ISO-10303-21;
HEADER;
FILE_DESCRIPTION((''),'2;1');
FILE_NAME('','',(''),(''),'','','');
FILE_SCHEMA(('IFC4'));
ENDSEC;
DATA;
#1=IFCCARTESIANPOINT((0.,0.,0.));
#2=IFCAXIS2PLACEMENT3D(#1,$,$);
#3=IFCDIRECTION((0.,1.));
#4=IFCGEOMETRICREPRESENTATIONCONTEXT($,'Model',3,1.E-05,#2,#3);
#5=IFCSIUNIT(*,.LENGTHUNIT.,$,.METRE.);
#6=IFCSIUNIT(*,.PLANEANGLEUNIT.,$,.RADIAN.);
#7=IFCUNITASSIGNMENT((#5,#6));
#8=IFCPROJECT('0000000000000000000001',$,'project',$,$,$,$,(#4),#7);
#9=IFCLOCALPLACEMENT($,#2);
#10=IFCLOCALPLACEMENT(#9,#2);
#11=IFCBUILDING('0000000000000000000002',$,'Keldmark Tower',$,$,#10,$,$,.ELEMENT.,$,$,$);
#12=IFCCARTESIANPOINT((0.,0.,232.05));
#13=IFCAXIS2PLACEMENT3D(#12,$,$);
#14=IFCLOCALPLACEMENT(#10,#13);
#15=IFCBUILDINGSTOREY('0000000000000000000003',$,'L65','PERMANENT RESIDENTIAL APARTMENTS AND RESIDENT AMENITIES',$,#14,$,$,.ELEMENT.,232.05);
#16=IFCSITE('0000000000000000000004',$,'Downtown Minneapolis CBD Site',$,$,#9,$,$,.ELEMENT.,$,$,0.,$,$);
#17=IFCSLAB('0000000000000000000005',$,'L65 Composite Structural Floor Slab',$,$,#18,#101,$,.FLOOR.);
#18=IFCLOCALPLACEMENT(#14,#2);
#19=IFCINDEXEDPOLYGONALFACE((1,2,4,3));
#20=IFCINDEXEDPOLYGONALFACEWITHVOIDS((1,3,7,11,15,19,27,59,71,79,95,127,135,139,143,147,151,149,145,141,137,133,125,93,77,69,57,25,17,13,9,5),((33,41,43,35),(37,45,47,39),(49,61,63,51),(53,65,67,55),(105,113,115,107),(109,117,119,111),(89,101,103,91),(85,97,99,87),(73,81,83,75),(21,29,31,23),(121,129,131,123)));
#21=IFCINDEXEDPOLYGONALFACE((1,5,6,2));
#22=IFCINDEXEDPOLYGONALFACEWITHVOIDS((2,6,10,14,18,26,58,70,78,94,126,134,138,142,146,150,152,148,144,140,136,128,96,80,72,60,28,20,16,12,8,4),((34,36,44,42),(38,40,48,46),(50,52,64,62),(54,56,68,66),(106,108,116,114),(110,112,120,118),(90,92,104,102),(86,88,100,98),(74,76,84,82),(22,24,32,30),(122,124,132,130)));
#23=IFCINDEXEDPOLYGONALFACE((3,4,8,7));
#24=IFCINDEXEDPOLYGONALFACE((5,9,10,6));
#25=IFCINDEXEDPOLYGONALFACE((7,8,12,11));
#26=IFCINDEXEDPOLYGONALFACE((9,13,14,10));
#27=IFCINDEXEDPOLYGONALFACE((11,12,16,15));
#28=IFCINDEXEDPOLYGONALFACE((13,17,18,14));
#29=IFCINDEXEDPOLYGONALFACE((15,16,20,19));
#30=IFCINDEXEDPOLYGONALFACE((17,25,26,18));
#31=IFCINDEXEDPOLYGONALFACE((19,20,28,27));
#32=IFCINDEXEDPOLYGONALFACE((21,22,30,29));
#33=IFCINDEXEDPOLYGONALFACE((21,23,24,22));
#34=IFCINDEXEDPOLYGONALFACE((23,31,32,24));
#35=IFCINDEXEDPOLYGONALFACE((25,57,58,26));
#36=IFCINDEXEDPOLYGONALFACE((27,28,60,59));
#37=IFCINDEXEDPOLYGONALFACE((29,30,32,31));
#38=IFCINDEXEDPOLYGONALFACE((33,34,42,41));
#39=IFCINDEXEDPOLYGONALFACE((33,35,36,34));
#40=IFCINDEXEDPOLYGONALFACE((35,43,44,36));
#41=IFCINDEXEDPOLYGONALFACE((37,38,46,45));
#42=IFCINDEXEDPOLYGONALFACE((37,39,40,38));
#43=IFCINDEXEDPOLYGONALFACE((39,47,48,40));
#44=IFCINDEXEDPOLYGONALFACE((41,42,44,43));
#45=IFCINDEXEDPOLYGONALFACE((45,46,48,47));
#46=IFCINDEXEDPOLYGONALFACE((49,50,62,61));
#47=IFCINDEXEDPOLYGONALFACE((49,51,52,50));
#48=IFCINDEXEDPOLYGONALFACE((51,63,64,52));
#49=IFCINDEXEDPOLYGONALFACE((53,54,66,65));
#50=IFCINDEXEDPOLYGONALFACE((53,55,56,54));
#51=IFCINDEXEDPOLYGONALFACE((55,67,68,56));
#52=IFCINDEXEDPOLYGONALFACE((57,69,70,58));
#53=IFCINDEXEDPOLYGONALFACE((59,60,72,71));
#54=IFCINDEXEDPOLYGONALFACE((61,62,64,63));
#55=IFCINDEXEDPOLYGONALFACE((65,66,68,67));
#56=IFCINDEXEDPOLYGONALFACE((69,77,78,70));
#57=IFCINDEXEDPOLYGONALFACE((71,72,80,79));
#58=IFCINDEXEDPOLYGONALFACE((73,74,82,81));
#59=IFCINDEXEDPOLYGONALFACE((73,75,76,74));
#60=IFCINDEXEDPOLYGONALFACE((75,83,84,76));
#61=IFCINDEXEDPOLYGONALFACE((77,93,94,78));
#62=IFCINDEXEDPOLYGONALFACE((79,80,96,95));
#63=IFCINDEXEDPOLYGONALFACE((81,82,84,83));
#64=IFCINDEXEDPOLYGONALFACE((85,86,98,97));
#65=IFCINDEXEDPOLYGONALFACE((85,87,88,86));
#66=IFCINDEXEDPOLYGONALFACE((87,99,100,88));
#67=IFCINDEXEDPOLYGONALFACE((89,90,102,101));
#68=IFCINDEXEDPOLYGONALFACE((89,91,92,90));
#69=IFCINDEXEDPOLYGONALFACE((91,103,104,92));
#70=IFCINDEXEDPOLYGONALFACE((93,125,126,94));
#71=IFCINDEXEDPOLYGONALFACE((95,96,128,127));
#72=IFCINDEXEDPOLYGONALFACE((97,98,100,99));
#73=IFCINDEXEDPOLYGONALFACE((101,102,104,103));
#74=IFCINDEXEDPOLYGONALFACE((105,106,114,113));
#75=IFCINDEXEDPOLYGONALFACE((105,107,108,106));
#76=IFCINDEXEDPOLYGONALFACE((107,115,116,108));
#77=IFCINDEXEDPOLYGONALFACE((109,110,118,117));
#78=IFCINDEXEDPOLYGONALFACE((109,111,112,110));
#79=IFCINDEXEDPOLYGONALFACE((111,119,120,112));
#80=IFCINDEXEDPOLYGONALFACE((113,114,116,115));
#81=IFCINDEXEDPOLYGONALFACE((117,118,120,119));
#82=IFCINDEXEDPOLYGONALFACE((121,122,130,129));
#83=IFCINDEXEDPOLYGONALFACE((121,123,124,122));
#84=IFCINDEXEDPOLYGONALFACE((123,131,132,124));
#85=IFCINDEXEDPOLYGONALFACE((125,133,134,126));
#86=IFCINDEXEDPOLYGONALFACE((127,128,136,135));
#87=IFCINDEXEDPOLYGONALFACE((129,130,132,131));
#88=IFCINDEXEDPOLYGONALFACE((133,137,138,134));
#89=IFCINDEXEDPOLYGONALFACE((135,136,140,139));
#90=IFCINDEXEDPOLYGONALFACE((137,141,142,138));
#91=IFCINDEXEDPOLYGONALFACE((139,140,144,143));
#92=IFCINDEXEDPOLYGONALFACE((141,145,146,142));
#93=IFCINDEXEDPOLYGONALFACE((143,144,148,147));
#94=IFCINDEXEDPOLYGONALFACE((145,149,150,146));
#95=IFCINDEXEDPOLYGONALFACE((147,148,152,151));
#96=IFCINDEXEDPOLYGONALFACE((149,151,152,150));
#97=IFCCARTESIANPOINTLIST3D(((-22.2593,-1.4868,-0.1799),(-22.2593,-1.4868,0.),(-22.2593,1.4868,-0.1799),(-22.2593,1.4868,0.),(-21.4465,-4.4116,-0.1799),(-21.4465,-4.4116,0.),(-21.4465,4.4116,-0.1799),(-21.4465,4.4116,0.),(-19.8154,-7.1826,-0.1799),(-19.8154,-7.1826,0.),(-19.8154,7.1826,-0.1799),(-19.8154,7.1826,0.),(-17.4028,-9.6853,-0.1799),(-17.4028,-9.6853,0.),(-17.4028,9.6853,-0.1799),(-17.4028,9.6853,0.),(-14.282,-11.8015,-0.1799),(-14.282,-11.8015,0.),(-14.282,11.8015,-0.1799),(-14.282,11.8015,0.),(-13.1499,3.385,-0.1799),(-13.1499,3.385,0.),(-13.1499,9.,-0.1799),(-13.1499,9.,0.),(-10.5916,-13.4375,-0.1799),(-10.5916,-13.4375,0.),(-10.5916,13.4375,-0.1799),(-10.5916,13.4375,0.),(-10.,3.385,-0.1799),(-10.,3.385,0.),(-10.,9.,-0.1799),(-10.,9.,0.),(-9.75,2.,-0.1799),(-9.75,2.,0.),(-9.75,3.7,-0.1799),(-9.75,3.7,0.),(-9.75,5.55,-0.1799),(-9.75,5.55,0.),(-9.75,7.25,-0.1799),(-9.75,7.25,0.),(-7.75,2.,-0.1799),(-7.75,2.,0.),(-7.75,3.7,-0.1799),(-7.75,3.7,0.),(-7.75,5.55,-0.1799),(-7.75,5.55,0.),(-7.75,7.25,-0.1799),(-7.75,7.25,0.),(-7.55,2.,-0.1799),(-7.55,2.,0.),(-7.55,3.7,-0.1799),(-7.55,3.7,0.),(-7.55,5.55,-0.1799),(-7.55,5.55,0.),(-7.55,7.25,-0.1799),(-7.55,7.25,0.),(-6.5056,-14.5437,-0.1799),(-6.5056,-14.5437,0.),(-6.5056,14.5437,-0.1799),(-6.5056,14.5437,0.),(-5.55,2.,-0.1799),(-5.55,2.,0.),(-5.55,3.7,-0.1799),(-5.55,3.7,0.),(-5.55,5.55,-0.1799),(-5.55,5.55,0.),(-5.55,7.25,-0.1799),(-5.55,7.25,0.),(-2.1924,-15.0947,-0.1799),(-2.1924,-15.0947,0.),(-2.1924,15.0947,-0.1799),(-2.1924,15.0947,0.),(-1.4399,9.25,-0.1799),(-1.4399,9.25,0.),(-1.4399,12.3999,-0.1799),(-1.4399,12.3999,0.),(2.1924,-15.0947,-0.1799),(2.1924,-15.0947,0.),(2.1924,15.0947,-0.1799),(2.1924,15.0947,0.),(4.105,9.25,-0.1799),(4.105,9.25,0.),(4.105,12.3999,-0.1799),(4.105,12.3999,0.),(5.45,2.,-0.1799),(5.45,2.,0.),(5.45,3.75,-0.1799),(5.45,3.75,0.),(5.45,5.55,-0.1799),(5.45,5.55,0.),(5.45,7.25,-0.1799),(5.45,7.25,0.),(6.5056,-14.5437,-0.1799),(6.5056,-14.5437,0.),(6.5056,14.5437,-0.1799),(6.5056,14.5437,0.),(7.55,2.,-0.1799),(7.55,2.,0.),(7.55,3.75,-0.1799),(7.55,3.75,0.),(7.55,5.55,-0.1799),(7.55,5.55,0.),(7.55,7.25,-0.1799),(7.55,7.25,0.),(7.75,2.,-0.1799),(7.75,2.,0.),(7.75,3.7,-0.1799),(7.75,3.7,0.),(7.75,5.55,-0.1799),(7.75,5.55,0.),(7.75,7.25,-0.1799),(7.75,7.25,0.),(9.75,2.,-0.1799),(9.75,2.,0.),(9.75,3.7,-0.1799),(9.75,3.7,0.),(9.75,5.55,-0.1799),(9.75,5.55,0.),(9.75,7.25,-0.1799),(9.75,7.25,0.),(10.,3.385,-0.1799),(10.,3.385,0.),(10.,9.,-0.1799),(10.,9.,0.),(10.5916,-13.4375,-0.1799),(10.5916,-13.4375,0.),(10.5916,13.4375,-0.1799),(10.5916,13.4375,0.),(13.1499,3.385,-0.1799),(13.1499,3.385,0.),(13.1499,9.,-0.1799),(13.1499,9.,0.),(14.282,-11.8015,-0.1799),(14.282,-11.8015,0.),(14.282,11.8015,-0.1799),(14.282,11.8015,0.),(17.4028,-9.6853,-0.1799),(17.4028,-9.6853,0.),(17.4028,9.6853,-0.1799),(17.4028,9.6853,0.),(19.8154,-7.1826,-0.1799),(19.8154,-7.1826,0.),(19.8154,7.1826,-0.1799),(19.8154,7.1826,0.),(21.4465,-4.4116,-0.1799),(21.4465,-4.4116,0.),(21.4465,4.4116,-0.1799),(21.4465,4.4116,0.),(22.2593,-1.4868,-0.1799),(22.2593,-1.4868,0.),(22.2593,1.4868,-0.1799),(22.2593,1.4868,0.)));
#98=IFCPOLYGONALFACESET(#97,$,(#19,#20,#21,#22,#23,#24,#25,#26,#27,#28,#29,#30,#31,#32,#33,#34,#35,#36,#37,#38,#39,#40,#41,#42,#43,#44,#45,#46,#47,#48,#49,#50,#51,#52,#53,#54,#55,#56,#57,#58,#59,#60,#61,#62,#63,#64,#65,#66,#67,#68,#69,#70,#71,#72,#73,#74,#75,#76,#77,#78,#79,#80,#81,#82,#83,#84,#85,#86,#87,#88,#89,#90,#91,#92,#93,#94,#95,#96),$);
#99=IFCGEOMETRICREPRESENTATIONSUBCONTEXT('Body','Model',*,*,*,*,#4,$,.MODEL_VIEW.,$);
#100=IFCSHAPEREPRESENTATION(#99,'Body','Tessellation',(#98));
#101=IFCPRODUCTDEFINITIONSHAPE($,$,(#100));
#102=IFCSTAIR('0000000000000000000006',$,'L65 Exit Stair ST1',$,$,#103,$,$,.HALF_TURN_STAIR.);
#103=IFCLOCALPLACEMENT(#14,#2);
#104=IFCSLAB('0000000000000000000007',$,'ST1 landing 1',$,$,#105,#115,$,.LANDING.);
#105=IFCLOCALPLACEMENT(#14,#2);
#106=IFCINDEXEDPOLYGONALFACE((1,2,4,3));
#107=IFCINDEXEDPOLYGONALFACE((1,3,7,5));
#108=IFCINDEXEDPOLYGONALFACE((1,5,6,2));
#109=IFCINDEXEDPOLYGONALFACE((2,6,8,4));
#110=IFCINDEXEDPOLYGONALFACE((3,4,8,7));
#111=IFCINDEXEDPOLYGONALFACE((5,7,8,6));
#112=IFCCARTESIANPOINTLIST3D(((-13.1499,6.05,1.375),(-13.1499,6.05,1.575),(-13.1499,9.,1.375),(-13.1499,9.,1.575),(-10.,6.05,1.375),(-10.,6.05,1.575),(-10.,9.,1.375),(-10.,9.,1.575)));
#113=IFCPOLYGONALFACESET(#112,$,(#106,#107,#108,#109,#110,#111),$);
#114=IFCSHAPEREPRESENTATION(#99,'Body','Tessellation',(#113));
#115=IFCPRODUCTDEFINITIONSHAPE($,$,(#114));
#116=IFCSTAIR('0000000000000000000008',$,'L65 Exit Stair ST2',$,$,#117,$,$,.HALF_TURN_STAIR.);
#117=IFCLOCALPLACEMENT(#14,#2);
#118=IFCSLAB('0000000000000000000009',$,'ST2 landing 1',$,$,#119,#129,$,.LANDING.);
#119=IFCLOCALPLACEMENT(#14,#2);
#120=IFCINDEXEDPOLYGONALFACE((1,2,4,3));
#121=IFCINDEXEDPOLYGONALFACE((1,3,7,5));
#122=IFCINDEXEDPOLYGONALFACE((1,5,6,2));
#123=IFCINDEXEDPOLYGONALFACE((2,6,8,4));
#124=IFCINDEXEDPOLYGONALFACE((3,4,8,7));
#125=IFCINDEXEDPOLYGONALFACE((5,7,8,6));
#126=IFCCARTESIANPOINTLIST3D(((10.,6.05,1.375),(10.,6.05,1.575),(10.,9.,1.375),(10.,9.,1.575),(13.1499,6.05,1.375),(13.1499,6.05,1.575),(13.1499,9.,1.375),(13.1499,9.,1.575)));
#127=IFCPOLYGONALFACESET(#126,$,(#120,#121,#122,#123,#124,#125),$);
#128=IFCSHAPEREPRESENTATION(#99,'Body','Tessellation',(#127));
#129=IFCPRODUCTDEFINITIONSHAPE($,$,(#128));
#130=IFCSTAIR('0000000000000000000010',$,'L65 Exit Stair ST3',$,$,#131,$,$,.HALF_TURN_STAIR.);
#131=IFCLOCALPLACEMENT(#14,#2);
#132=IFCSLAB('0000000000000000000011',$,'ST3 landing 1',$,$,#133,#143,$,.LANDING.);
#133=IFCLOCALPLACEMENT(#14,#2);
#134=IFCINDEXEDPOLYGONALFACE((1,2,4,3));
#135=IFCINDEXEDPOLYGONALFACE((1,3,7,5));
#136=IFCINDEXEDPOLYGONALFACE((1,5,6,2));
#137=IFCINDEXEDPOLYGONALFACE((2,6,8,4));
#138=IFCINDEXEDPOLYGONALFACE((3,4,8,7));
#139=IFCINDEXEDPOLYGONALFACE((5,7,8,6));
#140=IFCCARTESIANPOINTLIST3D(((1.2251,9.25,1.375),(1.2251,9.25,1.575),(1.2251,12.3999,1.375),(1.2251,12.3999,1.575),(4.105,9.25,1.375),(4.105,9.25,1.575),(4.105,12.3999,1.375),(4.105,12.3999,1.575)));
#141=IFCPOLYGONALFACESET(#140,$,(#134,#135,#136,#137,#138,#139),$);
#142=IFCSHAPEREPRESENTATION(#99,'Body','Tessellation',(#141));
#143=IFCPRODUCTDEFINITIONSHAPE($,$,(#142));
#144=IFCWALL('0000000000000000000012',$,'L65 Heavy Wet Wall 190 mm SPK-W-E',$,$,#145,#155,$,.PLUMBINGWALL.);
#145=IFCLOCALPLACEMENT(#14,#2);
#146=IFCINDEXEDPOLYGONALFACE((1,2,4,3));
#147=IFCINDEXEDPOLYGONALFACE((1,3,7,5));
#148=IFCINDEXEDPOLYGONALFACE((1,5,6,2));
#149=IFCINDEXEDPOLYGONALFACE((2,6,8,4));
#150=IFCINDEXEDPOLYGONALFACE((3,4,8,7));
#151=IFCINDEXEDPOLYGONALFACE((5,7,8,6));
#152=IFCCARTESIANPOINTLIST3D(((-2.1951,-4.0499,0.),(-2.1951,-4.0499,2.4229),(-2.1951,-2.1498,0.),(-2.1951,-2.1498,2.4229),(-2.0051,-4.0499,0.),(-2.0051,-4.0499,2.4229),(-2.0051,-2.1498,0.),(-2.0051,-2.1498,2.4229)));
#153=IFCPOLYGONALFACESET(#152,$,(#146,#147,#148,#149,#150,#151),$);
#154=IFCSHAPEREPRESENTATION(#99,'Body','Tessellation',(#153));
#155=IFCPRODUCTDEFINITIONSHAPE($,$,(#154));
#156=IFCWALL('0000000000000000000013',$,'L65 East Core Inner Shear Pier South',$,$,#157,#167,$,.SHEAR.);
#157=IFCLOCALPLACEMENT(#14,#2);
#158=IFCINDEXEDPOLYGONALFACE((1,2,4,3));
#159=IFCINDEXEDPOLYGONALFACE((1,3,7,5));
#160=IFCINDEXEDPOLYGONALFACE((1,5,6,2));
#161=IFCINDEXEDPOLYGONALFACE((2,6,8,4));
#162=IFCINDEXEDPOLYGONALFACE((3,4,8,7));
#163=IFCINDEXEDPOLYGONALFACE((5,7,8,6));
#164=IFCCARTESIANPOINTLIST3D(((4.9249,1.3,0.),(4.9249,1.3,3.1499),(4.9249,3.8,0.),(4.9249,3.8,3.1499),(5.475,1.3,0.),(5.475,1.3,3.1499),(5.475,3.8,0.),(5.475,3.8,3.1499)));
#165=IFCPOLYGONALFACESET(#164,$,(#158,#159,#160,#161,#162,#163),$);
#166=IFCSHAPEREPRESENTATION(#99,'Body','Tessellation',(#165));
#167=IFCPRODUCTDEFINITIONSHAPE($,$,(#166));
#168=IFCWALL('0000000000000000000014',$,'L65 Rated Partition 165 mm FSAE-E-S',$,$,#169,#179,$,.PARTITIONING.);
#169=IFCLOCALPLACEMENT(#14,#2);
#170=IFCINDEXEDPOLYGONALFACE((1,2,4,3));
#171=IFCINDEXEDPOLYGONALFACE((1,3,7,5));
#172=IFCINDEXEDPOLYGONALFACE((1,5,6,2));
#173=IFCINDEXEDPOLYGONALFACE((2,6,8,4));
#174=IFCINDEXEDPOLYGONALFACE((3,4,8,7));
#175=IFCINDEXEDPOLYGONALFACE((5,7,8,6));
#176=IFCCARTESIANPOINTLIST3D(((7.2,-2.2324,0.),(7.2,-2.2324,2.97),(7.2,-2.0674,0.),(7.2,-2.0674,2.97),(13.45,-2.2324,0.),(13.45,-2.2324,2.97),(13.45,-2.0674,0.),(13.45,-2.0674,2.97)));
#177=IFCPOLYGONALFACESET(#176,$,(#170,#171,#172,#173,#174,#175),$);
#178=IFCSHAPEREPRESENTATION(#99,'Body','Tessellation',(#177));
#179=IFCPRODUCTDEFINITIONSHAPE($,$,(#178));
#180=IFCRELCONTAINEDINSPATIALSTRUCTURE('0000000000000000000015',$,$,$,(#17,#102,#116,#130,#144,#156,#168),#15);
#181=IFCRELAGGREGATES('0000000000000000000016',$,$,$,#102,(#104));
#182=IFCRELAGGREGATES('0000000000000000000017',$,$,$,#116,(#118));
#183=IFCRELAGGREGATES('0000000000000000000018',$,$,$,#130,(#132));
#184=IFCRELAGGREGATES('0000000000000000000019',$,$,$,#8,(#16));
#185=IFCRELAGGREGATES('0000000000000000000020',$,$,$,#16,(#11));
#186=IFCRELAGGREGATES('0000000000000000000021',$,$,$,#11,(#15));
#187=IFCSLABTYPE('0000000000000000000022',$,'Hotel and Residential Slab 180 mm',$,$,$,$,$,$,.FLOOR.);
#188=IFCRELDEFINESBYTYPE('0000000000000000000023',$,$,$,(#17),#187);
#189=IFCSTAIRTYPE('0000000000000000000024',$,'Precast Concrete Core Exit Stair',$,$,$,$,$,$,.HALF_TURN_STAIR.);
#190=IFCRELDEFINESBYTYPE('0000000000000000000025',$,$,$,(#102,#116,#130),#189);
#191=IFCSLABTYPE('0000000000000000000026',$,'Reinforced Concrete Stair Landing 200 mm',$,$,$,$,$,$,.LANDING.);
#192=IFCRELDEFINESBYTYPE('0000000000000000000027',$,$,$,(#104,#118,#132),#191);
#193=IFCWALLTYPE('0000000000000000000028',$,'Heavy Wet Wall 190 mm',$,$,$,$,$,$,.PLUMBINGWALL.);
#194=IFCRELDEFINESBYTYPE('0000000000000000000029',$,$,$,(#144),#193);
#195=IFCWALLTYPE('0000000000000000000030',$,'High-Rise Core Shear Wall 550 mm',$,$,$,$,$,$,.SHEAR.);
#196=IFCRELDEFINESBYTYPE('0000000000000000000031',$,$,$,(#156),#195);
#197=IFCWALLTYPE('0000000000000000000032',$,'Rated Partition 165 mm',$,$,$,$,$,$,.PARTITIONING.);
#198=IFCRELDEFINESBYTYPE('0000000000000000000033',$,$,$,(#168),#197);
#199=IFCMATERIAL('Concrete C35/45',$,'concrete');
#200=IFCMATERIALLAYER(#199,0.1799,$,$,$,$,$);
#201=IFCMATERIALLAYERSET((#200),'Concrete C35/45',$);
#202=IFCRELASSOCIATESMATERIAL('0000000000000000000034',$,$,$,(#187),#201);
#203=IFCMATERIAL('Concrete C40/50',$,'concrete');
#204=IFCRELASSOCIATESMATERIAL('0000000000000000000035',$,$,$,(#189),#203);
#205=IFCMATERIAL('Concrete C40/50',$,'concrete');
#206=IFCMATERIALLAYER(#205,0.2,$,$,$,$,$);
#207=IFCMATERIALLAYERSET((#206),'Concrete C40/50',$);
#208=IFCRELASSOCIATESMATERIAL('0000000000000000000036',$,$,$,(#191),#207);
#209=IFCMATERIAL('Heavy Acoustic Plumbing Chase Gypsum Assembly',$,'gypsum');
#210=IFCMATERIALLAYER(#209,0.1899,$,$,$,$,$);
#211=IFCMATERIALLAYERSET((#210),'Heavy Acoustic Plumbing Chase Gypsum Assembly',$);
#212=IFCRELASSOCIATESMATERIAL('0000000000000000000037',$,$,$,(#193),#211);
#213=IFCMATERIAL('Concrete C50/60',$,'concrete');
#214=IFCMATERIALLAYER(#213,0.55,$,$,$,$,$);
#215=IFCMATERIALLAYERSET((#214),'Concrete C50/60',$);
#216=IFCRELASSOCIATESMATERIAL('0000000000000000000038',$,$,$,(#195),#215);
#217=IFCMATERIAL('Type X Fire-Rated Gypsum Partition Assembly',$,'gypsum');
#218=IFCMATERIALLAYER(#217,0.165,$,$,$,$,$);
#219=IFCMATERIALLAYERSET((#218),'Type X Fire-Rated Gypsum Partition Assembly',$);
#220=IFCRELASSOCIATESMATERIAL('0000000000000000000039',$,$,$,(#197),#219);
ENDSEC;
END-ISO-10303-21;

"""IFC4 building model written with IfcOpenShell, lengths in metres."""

from ifc_helpers import new_model, si_unit, direction, frame, frame_2d, origin, place, context, subcontext, project, spatial, polyline, rectangle, outline, extrude, material, layer, layer_set, type_object, element, aggregate, save


model = new_model("IFC4")

# Units and contexts
model_context = context("Model", 3, precision=1e-05, world=origin(), true_north=direction((0.0, 1.0)))
body_context = subcontext(model_context, "Body", "Model", "MODEL_VIEW")
ifc_project = project(units=[si_unit("LENGTHUNIT", "METRE"), si_unit("PLANEANGLEUNIT", "RADIAN")], contexts=[model_context])

# Site, building, storey
site_placement = place(None, origin())
site = spatial("IfcSite", under=ifc_project, at=site_placement, Name="Downtown Minneapolis CBD Site", CompositionType="ELEMENT", RefElevation=0.0)
building_placement = place(site_placement, origin())
building = spatial("IfcBuilding", under=site, at=building_placement, Name="Keldmark Tower", CompositionType="ELEMENT")
storey_placement = place(building_placement, frame((0.0, 0.0, 232.05)))
storey = spatial("IfcBuildingStorey", under=building, at=storey_placement, Name="L65", Description="PERMANENT RESIDENTIAL APARTMENTS AND RESIDENT AMENITIES", CompositionType="ELEMENT", Elevation=232.05)

# Slab
ifc_material_1 = material(Name="Concrete C35/45", Category="concrete")
ifc_layer_1 = layer(ifc_material_1, 0.1799)
ifc_layer_set_1 = layer_set([ifc_layer_1], Name="Concrete C35/45")
slab_type_1 = type_object("IfcSlabType", Name="Hotel and Residential Slab 180 mm", PredefinedType="FLOOR", material=ifc_layer_set_1)
slab_1_placement = place(storey_placement, frame((0.0, 0.0, -0.1799)))
element("IfcSlab", 1, at=slab_1_placement, inside=storey, type_object=slab_type_1, Name="L65 Composite Structural Floor Slab", PredefinedType="FLOOR", context=body_context, shape_type="SweptSolid", body=[
    extrude(outline(polyline([(22.2593, 1.4868), (21.4465, 4.4116), (19.8154, 7.1826), (17.4028, 9.6853), (14.282, 11.8015), (10.5916, 13.4375), (6.5056, 14.5437), (2.1924, 15.0947), (-2.1924, 15.0947), (-6.5056, 14.5437), (-10.5916, 13.4375), (-14.282, 11.8015), (-17.4028, 9.6853), (-19.8154, 7.1826), (-21.4465, 4.4116), (-22.2593, 1.4868), (-22.2593, -1.4868), (-21.4465, -4.4116), (-19.8154, -7.1826), (-17.4028, -9.6853), (-14.282, -11.8015), (-10.5916, -13.4375), (-6.5056, -14.5437), (-2.1924, -15.0947), (2.1924, -15.0947), (6.5056, -14.5437), (10.5916, -13.4375), (14.282, -11.8015), (17.4028, -9.6853), (19.8154, -7.1826), (21.4465, -4.4116), (22.2593, -1.4868), (22.2593, 1.4868)]), holes=[polyline([(-10.0, 3.385), (-10.0, 9.0), (-13.1499, 9.0), (-13.1499, 3.385), (-10.0, 3.385)]), polyline([(13.1499, 3.385), (13.1499, 9.0), (10.0, 9.0), (10.0, 3.385), (13.1499, 3.385)]), polyline([(-1.4399, 9.25), (4.105, 9.25), (4.105, 12.3999), (-1.4399, 12.3999), (-1.4399, 9.25)]), polyline([(-9.75, 2.0), (-7.75, 2.0), (-7.75, 3.7), (-9.75, 3.7), (-9.75, 2.0)]), polyline([(7.75, 2.0), (9.75, 2.0), (9.75, 3.7), (7.75, 3.7), (7.75, 2.0)]), polyline([(5.45, 2.0), (7.55, 2.0), (7.55, 3.75), (5.45, 3.75), (5.45, 2.0)]), polyline([(-9.75, 5.55), (-7.75, 5.55), (-7.75, 7.25), (-9.75, 7.25), (-9.75, 5.55)]), polyline([(-7.55, 5.55), (-5.55, 5.55), (-5.55, 7.25), (-7.55, 7.25), (-7.55, 5.55)]), polyline([(-7.55, 2.0), (-5.55, 2.0), (-5.55, 3.7), (-7.55, 3.7), (-7.55, 2.0)]), polyline([(5.45, 5.55), (7.55, 5.55), (7.55, 7.25), (5.45, 7.25), (5.45, 5.55)]), polyline([(7.75, 5.55), (9.75, 5.55), (9.75, 7.25), (7.75, 7.25), (7.75, 5.55)])]), origin(), (0.0, 0.0, 1.0), 0.1799),
])

# Stairs, slabs
ifc_material_2 = material(Name="Concrete C40/50", Category="concrete")
stair_type = type_object("IfcStairType", Name="Precast Concrete Core Exit Stair", PredefinedType="HALF_TURN_STAIR", material=ifc_material_2)
stair_1_placement = place(storey_placement, origin())
stair_1 = element("IfcStair", 2, at=stair_1_placement, inside=storey, type_object=stair_type, Name="L65 Exit Stair ST1", PredefinedType="HALF_TURN_STAIR")
ifc_material_3 = material(Name="Concrete C40/50", Category="concrete")
ifc_layer_2 = layer(ifc_material_3, 0.2)
ifc_layer_set_2 = layer_set([ifc_layer_2], Name="Concrete C40/50")
slab_type_2 = type_object("IfcSlabType", Name="Reinforced Concrete Stair Landing 200 mm", PredefinedType="LANDING", material=ifc_layer_set_2)
slab_2_placement = place(storey_placement, frame((0.0, 0.0, 1.375)))
slab_2 = element("IfcSlab", 3, at=slab_2_placement, type_object=slab_type_2, Name="ST1 landing 1", PredefinedType="LANDING", context=body_context, shape_type="SweptSolid", body=[
    extrude(outline(polyline([(-10.0, 6.05), (-10.0, 9.0), (-13.1499, 9.0), (-13.1499, 6.05), (-10.0, 6.05)])), origin(), (0.0, 0.0, 1.0), 0.2),
])
aggregate(stair_1, [slab_2])
stair_2_placement = place(storey_placement, origin())
stair_2 = element("IfcStair", 4, at=stair_2_placement, inside=storey, type_object=stair_type, Name="L65 Exit Stair ST2", PredefinedType="HALF_TURN_STAIR")
slab_3_placement = place(storey_placement, frame((0.0, 0.0, 1.375)))
slab_3 = element("IfcSlab", 5, at=slab_3_placement, type_object=slab_type_2, Name="ST2 landing 1", PredefinedType="LANDING", context=body_context, shape_type="SweptSolid", body=[
    extrude(outline(polyline([(13.1499, 6.05), (13.1499, 9.0), (10.0, 9.0), (10.0, 6.05), (13.1499, 6.05)])), origin(), (0.0, 0.0, 1.0), 0.2),
])
aggregate(stair_2, [slab_3])
stair_3_placement = place(storey_placement, origin())
stair_3 = element("IfcStair", 6, at=stair_3_placement, inside=storey, type_object=stair_type, Name="L65 Exit Stair ST3", PredefinedType="HALF_TURN_STAIR")
slab_4_placement = place(storey_placement, frame((0.0, 0.0, 1.375)))
slab_4 = element("IfcSlab", 7, at=slab_4_placement, type_object=slab_type_2, Name="ST3 landing 1", PredefinedType="LANDING", context=body_context, shape_type="SweptSolid", body=[
    extrude(outline(polyline([(1.2251, 9.25), (4.105, 9.25), (4.105, 12.3999), (1.2251, 12.3999), (1.2251, 9.25)])), origin(), (0.0, 0.0, 1.0), 0.2),
])
aggregate(stair_3, [slab_4])

# Walls
ifc_material_4 = material(Name="Heavy Acoustic Plumbing Chase Gypsum Assembly", Category="gypsum")
ifc_layer_3 = layer(ifc_material_4, 0.1899)
ifc_layer_set_3 = layer_set([ifc_layer_3], Name="Heavy Acoustic Plumbing Chase Gypsum Assembly")
wall_type_1 = type_object("IfcWallType", Name="Heavy Wet Wall 190 mm", PredefinedType="PLUMBINGWALL", material=ifc_layer_set_3)
wall_1_placement = place(storey_placement, frame((-2.1001, -4.05, 0.0), z_axis=(0.0, 0.0, 1.0), x_axis=(0.0, 1.0, 0.0)))
element("IfcWall", 8, at=wall_1_placement, inside=storey, type_object=wall_type_1, Name="L65 Heavy Wet Wall 190 mm SPK-W-E", PredefinedType="PLUMBINGWALL", context=body_context, shape_type="SweptSolid", body=[
    extrude(rectangle(XDim=1.9001, YDim=0.1899, at=frame_2d((0.9502, 0.0))), origin(), (0.0, 0.0, 1.0), 2.4229),
])
ifc_material_5 = material(Name="Concrete C50/60", Category="concrete")
ifc_layer_4 = layer(ifc_material_5, 0.55)
ifc_layer_set_4 = layer_set([ifc_layer_4], Name="Concrete C50/60")
wall_type_2 = type_object("IfcWallType", Name="High-Rise Core Shear Wall 550 mm", PredefinedType="SHEAR", material=ifc_layer_set_4)
wall_2_placement = place(storey_placement, frame((5.2, 1.3, 0.0), z_axis=(0.0, 0.0, 1.0), x_axis=(0.0, 1.0, 0.0)))
element("IfcWall", 9, at=wall_2_placement, inside=storey, type_object=wall_type_2, Name="L65 East Core Inner Shear Pier South", PredefinedType="SHEAR", context=body_context, shape_type="SweptSolid", body=[
    extrude(rectangle(XDim=2.5, YDim=0.55, at=frame_2d((1.25, 0.0))), origin(), (0.0, 0.0, 1.0), 3.1499),
])
ifc_material_6 = material(Name="Type X Fire-Rated Gypsum Partition Assembly", Category="gypsum")
ifc_layer_5 = layer(ifc_material_6, 0.165)
ifc_layer_set_5 = layer_set([ifc_layer_5], Name="Type X Fire-Rated Gypsum Partition Assembly")
wall_type_3 = type_object("IfcWallType", Name="Rated Partition 165 mm", PredefinedType="PARTITIONING", material=ifc_layer_set_5)
wall_3_placement = place(storey_placement, frame((7.2, -2.1499, 0.0), z_axis=(0.0, 0.0, 1.0), x_axis=(1.0, 0.0, 0.0)))
element("IfcWall", 10, at=wall_3_placement, inside=storey, type_object=wall_type_3, Name="L65 Rated Partition 165 mm FSAE-E-S", PredefinedType="PARTITIONING", context=body_context, shape_type="SweptSolid", body=[
    extrude(rectangle(XDim=6.25, YDim=0.165, at=frame_2d((3.125, 0.0))), origin(), (0.0, 0.0, 1.0), 2.97),
])

save(model, "model.ifc")
